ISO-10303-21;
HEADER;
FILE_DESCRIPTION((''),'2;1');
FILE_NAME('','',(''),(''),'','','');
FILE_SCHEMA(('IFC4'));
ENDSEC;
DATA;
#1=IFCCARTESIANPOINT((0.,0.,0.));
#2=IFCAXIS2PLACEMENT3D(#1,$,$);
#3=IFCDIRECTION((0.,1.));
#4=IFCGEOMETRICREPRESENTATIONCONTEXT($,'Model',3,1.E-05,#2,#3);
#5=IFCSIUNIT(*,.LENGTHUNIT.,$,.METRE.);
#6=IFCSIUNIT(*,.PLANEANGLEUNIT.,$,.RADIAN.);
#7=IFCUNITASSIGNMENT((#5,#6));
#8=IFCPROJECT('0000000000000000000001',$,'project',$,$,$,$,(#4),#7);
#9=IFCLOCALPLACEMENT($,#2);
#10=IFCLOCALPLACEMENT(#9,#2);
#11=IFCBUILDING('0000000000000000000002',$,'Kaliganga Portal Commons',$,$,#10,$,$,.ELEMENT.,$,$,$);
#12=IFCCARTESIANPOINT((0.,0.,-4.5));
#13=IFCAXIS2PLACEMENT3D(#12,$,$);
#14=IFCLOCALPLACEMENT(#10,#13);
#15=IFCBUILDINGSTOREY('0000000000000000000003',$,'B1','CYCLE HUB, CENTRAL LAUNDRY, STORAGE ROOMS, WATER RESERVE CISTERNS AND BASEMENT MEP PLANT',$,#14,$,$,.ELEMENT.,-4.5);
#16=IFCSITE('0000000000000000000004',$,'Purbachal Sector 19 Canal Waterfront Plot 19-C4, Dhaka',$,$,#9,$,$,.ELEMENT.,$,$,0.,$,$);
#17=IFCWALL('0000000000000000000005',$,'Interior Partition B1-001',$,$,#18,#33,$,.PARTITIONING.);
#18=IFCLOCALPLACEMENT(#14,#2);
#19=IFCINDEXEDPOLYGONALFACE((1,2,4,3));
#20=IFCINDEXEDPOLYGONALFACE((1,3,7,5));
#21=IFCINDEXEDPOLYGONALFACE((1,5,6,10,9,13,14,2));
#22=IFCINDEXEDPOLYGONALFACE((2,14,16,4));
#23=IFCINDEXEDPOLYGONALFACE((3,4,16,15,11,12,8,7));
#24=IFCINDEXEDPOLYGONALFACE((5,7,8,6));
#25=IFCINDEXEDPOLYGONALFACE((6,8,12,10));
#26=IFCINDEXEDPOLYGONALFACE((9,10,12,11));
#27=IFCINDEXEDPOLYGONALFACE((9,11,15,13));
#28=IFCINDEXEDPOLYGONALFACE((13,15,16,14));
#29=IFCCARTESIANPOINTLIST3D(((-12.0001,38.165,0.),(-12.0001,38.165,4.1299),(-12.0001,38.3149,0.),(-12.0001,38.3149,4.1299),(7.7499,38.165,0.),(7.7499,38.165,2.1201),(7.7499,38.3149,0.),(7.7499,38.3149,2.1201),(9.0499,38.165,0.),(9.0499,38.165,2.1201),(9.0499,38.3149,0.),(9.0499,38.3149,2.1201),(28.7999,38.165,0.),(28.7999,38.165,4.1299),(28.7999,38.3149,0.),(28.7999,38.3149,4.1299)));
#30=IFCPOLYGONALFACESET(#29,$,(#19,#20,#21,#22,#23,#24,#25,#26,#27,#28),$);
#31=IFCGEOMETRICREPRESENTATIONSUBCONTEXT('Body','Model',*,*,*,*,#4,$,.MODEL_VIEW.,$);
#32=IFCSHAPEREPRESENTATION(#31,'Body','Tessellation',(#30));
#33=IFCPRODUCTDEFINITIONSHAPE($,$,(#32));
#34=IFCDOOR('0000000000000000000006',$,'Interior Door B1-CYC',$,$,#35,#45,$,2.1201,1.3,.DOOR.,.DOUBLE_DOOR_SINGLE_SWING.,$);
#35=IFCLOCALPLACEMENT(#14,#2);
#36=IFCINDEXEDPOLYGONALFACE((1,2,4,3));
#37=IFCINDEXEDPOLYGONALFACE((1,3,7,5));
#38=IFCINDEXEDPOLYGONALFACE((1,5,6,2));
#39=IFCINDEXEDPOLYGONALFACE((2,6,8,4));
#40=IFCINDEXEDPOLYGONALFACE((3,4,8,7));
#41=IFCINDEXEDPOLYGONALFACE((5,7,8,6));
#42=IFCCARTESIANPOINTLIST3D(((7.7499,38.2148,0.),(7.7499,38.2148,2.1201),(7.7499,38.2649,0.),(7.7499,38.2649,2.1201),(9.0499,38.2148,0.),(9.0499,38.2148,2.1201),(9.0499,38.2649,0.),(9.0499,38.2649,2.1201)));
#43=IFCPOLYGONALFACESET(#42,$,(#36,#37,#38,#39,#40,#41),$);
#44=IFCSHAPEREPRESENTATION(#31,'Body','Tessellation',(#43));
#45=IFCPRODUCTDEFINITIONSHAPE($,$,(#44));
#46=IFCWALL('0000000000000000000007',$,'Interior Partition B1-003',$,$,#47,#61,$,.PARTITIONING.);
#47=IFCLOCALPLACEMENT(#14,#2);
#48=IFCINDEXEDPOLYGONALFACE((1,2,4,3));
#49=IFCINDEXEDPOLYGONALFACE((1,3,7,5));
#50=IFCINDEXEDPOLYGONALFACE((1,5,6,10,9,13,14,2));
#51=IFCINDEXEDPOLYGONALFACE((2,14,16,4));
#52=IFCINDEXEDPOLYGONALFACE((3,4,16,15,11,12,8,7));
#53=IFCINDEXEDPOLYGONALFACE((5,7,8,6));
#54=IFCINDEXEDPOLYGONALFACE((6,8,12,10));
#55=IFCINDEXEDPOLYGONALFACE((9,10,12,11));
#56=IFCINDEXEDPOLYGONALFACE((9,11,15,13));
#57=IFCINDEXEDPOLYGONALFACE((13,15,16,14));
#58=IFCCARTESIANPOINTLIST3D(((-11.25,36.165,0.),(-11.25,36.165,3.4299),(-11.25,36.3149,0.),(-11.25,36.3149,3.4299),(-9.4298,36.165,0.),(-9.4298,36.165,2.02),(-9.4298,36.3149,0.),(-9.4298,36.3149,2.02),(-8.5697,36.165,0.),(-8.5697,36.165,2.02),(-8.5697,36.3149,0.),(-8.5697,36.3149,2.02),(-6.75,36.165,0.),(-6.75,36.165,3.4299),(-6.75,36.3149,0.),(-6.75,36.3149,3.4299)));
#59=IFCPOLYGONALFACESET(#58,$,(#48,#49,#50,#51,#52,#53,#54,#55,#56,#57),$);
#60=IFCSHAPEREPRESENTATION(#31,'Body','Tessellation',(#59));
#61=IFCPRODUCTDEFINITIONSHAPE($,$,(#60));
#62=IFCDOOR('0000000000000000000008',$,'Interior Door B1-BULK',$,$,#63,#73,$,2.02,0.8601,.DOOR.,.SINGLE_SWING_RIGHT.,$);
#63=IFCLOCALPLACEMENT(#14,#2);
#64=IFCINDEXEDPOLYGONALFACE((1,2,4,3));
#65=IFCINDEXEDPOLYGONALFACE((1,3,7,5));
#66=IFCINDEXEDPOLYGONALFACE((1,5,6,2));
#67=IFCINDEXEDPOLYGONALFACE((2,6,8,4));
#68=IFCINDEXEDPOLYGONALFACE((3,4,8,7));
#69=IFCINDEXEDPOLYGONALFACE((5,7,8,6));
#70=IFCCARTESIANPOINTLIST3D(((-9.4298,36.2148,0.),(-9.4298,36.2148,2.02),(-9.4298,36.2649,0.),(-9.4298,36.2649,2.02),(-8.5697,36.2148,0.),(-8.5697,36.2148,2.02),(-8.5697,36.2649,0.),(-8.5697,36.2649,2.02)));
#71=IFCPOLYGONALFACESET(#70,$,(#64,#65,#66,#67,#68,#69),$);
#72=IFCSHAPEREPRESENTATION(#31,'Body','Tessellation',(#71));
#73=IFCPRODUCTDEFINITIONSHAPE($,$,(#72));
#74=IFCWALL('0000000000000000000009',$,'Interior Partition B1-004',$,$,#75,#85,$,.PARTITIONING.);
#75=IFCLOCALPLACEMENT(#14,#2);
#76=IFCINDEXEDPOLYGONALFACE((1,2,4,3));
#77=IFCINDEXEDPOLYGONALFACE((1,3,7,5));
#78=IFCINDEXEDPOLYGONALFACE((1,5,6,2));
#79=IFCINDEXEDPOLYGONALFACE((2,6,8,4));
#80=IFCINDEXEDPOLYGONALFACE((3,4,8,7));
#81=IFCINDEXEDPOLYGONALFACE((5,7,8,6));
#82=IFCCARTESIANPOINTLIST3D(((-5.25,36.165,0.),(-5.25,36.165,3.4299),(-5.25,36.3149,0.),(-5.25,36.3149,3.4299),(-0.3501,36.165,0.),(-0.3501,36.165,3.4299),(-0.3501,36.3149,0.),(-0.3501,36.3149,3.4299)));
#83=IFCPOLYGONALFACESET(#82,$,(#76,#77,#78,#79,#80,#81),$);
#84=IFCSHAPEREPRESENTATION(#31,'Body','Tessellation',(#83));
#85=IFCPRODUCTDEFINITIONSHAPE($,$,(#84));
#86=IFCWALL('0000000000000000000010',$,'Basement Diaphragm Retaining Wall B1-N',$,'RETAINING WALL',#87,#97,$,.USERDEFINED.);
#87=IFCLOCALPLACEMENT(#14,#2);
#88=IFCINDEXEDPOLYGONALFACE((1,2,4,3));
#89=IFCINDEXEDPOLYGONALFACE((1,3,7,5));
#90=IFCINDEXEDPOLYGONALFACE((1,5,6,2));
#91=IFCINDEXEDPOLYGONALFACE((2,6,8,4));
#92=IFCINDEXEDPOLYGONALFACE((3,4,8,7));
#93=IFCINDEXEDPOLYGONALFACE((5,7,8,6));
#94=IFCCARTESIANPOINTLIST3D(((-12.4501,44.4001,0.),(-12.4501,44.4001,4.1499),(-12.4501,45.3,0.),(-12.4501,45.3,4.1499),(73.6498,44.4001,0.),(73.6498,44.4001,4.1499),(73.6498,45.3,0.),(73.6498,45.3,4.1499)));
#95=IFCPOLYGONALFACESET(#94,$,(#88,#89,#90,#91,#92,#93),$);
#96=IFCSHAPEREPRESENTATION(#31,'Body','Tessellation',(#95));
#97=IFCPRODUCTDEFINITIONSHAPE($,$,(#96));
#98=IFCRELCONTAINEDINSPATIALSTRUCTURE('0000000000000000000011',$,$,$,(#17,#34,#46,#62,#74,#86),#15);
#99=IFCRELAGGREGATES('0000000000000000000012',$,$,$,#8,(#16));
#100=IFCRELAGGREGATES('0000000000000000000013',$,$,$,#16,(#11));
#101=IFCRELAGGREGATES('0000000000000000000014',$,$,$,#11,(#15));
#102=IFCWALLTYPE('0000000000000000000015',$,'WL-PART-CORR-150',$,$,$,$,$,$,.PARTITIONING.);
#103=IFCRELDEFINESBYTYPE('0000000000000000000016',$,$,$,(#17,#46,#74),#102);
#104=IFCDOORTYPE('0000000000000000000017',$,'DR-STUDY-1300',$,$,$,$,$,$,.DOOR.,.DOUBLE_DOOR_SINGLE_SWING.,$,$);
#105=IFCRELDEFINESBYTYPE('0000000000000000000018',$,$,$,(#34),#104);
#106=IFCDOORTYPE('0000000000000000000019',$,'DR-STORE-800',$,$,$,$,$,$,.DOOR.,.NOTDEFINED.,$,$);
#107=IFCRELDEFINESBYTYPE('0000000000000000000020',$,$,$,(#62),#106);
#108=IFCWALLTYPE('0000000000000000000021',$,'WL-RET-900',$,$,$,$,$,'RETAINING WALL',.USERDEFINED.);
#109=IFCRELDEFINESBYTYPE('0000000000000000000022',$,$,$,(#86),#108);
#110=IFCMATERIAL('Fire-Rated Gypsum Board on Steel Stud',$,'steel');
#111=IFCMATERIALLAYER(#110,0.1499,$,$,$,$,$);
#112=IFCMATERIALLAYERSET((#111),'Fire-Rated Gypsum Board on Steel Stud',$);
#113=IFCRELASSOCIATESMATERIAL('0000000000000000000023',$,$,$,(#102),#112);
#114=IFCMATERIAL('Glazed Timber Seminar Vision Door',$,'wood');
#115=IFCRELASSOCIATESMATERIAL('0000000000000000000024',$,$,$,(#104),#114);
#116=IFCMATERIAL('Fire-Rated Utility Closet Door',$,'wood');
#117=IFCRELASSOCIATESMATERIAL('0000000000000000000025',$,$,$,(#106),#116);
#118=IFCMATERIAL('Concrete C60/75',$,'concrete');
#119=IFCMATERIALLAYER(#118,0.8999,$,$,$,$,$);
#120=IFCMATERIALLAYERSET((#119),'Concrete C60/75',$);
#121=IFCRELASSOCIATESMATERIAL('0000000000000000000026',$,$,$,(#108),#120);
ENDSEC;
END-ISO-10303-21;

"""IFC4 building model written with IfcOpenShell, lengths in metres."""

from ifc_helpers import new_model, si_unit, direction, frame, frame_2d, origin, place, context, subcontext, project, spatial, rectangle, extrude, material, layer, layer_set, type_object, element, fill, save


model = new_model("IFC4")

# Units and contexts
model_context = context("Model", 3, precision=1e-05, world=origin(), true_north=direction((0.0, 1.0)))
body_context = subcontext(model_context, "Body", "Model", "MODEL_VIEW")
ifc_project = project(units=[si_unit("LENGTHUNIT", "METRE"), si_unit("PLANEANGLEUNIT", "RADIAN")], contexts=[model_context])

# Site, building, storey
site_placement = place(None, origin())
site = spatial("IfcSite", under=ifc_project, at=site_placement, Name="Purbachal Sector 19 Canal Waterfront Plot 19-C4, Dhaka", CompositionType="ELEMENT", RefElevation=0.0)
building_placement = place(site_placement, origin())
building = spatial("IfcBuilding", under=site, at=building_placement, Name="Kaliganga Portal Commons", CompositionType="ELEMENT")
storey_placement = place(building_placement, frame((0.0, 0.0, -4.5)))
storey = spatial("IfcBuildingStorey", under=building, at=storey_placement, Name="B1", Description="CYCLE HUB, CENTRAL LAUNDRY, STORAGE ROOMS, WATER RESERVE CISTERNS AND BASEMENT MEP PLANT", CompositionType="ELEMENT", Elevation=-4.5)

# Walls, openings, doors
ifc_material_1 = material(Name="Fire-Rated Gypsum Board on Steel Stud", Category="steel")
ifc_layer_1 = layer(ifc_material_1, 0.1499)
ifc_layer_set_1 = layer_set([ifc_layer_1], Name="Fire-Rated Gypsum Board on Steel Stud")
wall_type_1 = type_object("IfcWallType", Name="WL-PART-CORR-150", PredefinedType="PARTITIONING", material=ifc_layer_set_1)
wall_1_placement = place(storey_placement, frame((-12.0, 38.24, 0.0), z_axis=(0.0, 0.0, 1.0), x_axis=(1.0, 0.0, 0.0)))
wall_1 = element("IfcWall", 1, at=wall_1_placement, inside=storey, type_object=wall_type_1, Name="Interior Partition B1-001", PredefinedType="PARTITIONING", context=body_context, shape_type="SweptSolid", body=[
    extrude(rectangle(XDim=40.8, YDim=0.1499, at=frame_2d((20.3999, 0.0))), origin(), (0.0, 0.0, 1.0), 4.1299),
])
opening_1_placement = place(wall_1_placement, frame((19.75, 0.0, 0.0)))
opening_1 = element("IfcOpeningElement", 2, at=opening_1_placement, cuts=wall_1, PredefinedType="OPENING", context=body_context, shape_type="SweptSolid", body=[
    extrude(rectangle(XDim=1.3, YDim=2.1201, at=frame_2d((0.6499, 1.0601))), frame((0.0, 0.085, 0.0), z_axis=(0.0, -1.0, 0.0), x_axis=(1.0, 0.0, 0.0)), (0.0, 0.0, 1.0), 0.1699),
])
ifc_material_2 = material(Name="Glazed Timber Seminar Vision Door", Category="wood")
door_type_1 = type_object("IfcDoorType", Name="DR-STUDY-1300", OperationType="DOUBLE_DOOR_SINGLE_SWING", PredefinedType="DOOR", material=ifc_material_2)
door_1_placement = place(opening_1_placement, origin())
door_1 = element("IfcDoor", 3, at=door_1_placement, inside=storey, type_object=door_type_1, Name="Interior Door B1-CYC", OperationType="DOUBLE_DOOR_SINGLE_SWING", OverallHeight=2.1201, OverallWidth=1.3, PredefinedType="DOOR", context=body_context, shape_type="SweptSolid", body=[
    extrude(rectangle(XDim=1.3, YDim=2.1201, at=frame_2d((0.6499, 1.0601))), frame((0.0, 0.0249, 0.0), z_axis=(0.0, -1.0, 0.0), x_axis=(1.0, 0.0, 0.0)), (0.0, 0.0, 1.0), 0.05),
])
fill(opening_1, door_1)
wall_2_placement = place(storey_placement, frame((-11.25, 36.24, 0.0), z_axis=(0.0, 0.0, 1.0), x_axis=(1.0, 0.0, 0.0)))
wall_2 = element("IfcWall", 4, at=wall_2_placement, inside=storey, type_object=wall_type_1, Name="Interior Partition B1-003", PredefinedType="PARTITIONING", context=body_context, shape_type="SweptSolid", body=[
    extrude(rectangle(XDim=4.5, YDim=0.1499, at=frame_2d((2.25, 0.0))), origin(), (0.0, 0.0, 1.0), 3.4299),
])
opening_2_placement = place(wall_2_placement, frame((1.8201, 0.0, 0.0)))
opening_2 = element("IfcOpeningElement", 5, at=opening_2_placement, cuts=wall_2, PredefinedType="OPENING", context=body_context, shape_type="SweptSolid", body=[
    extrude(rectangle(XDim=0.8601, YDim=2.02, at=frame_2d((0.4302, 1.01))), frame((0.0, 0.085, 0.0), z_axis=(0.0, -1.0, 0.0), x_axis=(1.0, 0.0, 0.0)), (0.0, 0.0, 1.0), 0.1699),
])
ifc_material_3 = material(Name="Fire-Rated Utility Closet Door", Category="wood")
door_type_2 = type_object("IfcDoorType", Name="DR-STORE-800", OperationType="NOTDEFINED", PredefinedType="DOOR", material=ifc_material_3)
door_2_placement = place(opening_2_placement, origin())
door_2 = element("IfcDoor", 6, at=door_2_placement, inside=storey, type_object=door_type_2, Name="Interior Door B1-BULK", OperationType="SINGLE_SWING_RIGHT", OverallHeight=2.02, OverallWidth=0.8601, PredefinedType="DOOR", context=body_context, shape_type="SweptSolid", body=[
    extrude(rectangle(XDim=0.8601, YDim=2.02, at=frame_2d((0.4302, 1.01))), frame((0.0, 0.0249, 0.0), z_axis=(0.0, -1.0, 0.0), x_axis=(1.0, 0.0, 0.0)), (0.0, 0.0, 1.0), 0.05),
])
fill(opening_2, door_2)

# Walls
wall_3_placement = place(storey_placement, frame((-5.25, 36.24, 0.0), z_axis=(0.0, 0.0, 1.0), x_axis=(1.0, 0.0, 0.0)))
element("IfcWall", 7, at=wall_3_placement, inside=storey, type_object=wall_type_1, Name="Interior Partition B1-004", PredefinedType="PARTITIONING", context=body_context, shape_type="SweptSolid", body=[
    extrude(rectangle(XDim=4.8999, YDim=0.1499, at=frame_2d((2.45, 0.0))), origin(), (0.0, 0.0, 1.0), 3.4299),
])
ifc_material_4 = material(Name="Concrete C60/75", Category="concrete")
ifc_layer_2 = layer(ifc_material_4, 0.8999)
ifc_layer_set_2 = layer_set([ifc_layer_2], Name="Concrete C60/75")
wall_type_2 = type_object("IfcWallType", Name="WL-RET-900", ElementType="RETAINING WALL", PredefinedType="USERDEFINED", material=ifc_layer_set_2)
wall_4_placement = place(storey_placement, frame((-12.45, 44.8501, 0.0), z_axis=(0.0, 0.0, 1.0), x_axis=(1.0, 0.0, 0.0)))
element("IfcWall", 8, at=wall_4_placement, inside=storey, type_object=wall_type_2, Name="Basement Diaphragm Retaining Wall B1-N", ObjectType="RETAINING WALL", PredefinedType="USERDEFINED", context=body_context, shape_type="SweptSolid", body=[
    extrude(rectangle(XDim=86.0999, YDim=0.8999, at=frame_2d((43.0498, 0.0))), origin(), (0.0, 0.0, 1.0), 4.1499),
])

save(model, "model.ifc")
